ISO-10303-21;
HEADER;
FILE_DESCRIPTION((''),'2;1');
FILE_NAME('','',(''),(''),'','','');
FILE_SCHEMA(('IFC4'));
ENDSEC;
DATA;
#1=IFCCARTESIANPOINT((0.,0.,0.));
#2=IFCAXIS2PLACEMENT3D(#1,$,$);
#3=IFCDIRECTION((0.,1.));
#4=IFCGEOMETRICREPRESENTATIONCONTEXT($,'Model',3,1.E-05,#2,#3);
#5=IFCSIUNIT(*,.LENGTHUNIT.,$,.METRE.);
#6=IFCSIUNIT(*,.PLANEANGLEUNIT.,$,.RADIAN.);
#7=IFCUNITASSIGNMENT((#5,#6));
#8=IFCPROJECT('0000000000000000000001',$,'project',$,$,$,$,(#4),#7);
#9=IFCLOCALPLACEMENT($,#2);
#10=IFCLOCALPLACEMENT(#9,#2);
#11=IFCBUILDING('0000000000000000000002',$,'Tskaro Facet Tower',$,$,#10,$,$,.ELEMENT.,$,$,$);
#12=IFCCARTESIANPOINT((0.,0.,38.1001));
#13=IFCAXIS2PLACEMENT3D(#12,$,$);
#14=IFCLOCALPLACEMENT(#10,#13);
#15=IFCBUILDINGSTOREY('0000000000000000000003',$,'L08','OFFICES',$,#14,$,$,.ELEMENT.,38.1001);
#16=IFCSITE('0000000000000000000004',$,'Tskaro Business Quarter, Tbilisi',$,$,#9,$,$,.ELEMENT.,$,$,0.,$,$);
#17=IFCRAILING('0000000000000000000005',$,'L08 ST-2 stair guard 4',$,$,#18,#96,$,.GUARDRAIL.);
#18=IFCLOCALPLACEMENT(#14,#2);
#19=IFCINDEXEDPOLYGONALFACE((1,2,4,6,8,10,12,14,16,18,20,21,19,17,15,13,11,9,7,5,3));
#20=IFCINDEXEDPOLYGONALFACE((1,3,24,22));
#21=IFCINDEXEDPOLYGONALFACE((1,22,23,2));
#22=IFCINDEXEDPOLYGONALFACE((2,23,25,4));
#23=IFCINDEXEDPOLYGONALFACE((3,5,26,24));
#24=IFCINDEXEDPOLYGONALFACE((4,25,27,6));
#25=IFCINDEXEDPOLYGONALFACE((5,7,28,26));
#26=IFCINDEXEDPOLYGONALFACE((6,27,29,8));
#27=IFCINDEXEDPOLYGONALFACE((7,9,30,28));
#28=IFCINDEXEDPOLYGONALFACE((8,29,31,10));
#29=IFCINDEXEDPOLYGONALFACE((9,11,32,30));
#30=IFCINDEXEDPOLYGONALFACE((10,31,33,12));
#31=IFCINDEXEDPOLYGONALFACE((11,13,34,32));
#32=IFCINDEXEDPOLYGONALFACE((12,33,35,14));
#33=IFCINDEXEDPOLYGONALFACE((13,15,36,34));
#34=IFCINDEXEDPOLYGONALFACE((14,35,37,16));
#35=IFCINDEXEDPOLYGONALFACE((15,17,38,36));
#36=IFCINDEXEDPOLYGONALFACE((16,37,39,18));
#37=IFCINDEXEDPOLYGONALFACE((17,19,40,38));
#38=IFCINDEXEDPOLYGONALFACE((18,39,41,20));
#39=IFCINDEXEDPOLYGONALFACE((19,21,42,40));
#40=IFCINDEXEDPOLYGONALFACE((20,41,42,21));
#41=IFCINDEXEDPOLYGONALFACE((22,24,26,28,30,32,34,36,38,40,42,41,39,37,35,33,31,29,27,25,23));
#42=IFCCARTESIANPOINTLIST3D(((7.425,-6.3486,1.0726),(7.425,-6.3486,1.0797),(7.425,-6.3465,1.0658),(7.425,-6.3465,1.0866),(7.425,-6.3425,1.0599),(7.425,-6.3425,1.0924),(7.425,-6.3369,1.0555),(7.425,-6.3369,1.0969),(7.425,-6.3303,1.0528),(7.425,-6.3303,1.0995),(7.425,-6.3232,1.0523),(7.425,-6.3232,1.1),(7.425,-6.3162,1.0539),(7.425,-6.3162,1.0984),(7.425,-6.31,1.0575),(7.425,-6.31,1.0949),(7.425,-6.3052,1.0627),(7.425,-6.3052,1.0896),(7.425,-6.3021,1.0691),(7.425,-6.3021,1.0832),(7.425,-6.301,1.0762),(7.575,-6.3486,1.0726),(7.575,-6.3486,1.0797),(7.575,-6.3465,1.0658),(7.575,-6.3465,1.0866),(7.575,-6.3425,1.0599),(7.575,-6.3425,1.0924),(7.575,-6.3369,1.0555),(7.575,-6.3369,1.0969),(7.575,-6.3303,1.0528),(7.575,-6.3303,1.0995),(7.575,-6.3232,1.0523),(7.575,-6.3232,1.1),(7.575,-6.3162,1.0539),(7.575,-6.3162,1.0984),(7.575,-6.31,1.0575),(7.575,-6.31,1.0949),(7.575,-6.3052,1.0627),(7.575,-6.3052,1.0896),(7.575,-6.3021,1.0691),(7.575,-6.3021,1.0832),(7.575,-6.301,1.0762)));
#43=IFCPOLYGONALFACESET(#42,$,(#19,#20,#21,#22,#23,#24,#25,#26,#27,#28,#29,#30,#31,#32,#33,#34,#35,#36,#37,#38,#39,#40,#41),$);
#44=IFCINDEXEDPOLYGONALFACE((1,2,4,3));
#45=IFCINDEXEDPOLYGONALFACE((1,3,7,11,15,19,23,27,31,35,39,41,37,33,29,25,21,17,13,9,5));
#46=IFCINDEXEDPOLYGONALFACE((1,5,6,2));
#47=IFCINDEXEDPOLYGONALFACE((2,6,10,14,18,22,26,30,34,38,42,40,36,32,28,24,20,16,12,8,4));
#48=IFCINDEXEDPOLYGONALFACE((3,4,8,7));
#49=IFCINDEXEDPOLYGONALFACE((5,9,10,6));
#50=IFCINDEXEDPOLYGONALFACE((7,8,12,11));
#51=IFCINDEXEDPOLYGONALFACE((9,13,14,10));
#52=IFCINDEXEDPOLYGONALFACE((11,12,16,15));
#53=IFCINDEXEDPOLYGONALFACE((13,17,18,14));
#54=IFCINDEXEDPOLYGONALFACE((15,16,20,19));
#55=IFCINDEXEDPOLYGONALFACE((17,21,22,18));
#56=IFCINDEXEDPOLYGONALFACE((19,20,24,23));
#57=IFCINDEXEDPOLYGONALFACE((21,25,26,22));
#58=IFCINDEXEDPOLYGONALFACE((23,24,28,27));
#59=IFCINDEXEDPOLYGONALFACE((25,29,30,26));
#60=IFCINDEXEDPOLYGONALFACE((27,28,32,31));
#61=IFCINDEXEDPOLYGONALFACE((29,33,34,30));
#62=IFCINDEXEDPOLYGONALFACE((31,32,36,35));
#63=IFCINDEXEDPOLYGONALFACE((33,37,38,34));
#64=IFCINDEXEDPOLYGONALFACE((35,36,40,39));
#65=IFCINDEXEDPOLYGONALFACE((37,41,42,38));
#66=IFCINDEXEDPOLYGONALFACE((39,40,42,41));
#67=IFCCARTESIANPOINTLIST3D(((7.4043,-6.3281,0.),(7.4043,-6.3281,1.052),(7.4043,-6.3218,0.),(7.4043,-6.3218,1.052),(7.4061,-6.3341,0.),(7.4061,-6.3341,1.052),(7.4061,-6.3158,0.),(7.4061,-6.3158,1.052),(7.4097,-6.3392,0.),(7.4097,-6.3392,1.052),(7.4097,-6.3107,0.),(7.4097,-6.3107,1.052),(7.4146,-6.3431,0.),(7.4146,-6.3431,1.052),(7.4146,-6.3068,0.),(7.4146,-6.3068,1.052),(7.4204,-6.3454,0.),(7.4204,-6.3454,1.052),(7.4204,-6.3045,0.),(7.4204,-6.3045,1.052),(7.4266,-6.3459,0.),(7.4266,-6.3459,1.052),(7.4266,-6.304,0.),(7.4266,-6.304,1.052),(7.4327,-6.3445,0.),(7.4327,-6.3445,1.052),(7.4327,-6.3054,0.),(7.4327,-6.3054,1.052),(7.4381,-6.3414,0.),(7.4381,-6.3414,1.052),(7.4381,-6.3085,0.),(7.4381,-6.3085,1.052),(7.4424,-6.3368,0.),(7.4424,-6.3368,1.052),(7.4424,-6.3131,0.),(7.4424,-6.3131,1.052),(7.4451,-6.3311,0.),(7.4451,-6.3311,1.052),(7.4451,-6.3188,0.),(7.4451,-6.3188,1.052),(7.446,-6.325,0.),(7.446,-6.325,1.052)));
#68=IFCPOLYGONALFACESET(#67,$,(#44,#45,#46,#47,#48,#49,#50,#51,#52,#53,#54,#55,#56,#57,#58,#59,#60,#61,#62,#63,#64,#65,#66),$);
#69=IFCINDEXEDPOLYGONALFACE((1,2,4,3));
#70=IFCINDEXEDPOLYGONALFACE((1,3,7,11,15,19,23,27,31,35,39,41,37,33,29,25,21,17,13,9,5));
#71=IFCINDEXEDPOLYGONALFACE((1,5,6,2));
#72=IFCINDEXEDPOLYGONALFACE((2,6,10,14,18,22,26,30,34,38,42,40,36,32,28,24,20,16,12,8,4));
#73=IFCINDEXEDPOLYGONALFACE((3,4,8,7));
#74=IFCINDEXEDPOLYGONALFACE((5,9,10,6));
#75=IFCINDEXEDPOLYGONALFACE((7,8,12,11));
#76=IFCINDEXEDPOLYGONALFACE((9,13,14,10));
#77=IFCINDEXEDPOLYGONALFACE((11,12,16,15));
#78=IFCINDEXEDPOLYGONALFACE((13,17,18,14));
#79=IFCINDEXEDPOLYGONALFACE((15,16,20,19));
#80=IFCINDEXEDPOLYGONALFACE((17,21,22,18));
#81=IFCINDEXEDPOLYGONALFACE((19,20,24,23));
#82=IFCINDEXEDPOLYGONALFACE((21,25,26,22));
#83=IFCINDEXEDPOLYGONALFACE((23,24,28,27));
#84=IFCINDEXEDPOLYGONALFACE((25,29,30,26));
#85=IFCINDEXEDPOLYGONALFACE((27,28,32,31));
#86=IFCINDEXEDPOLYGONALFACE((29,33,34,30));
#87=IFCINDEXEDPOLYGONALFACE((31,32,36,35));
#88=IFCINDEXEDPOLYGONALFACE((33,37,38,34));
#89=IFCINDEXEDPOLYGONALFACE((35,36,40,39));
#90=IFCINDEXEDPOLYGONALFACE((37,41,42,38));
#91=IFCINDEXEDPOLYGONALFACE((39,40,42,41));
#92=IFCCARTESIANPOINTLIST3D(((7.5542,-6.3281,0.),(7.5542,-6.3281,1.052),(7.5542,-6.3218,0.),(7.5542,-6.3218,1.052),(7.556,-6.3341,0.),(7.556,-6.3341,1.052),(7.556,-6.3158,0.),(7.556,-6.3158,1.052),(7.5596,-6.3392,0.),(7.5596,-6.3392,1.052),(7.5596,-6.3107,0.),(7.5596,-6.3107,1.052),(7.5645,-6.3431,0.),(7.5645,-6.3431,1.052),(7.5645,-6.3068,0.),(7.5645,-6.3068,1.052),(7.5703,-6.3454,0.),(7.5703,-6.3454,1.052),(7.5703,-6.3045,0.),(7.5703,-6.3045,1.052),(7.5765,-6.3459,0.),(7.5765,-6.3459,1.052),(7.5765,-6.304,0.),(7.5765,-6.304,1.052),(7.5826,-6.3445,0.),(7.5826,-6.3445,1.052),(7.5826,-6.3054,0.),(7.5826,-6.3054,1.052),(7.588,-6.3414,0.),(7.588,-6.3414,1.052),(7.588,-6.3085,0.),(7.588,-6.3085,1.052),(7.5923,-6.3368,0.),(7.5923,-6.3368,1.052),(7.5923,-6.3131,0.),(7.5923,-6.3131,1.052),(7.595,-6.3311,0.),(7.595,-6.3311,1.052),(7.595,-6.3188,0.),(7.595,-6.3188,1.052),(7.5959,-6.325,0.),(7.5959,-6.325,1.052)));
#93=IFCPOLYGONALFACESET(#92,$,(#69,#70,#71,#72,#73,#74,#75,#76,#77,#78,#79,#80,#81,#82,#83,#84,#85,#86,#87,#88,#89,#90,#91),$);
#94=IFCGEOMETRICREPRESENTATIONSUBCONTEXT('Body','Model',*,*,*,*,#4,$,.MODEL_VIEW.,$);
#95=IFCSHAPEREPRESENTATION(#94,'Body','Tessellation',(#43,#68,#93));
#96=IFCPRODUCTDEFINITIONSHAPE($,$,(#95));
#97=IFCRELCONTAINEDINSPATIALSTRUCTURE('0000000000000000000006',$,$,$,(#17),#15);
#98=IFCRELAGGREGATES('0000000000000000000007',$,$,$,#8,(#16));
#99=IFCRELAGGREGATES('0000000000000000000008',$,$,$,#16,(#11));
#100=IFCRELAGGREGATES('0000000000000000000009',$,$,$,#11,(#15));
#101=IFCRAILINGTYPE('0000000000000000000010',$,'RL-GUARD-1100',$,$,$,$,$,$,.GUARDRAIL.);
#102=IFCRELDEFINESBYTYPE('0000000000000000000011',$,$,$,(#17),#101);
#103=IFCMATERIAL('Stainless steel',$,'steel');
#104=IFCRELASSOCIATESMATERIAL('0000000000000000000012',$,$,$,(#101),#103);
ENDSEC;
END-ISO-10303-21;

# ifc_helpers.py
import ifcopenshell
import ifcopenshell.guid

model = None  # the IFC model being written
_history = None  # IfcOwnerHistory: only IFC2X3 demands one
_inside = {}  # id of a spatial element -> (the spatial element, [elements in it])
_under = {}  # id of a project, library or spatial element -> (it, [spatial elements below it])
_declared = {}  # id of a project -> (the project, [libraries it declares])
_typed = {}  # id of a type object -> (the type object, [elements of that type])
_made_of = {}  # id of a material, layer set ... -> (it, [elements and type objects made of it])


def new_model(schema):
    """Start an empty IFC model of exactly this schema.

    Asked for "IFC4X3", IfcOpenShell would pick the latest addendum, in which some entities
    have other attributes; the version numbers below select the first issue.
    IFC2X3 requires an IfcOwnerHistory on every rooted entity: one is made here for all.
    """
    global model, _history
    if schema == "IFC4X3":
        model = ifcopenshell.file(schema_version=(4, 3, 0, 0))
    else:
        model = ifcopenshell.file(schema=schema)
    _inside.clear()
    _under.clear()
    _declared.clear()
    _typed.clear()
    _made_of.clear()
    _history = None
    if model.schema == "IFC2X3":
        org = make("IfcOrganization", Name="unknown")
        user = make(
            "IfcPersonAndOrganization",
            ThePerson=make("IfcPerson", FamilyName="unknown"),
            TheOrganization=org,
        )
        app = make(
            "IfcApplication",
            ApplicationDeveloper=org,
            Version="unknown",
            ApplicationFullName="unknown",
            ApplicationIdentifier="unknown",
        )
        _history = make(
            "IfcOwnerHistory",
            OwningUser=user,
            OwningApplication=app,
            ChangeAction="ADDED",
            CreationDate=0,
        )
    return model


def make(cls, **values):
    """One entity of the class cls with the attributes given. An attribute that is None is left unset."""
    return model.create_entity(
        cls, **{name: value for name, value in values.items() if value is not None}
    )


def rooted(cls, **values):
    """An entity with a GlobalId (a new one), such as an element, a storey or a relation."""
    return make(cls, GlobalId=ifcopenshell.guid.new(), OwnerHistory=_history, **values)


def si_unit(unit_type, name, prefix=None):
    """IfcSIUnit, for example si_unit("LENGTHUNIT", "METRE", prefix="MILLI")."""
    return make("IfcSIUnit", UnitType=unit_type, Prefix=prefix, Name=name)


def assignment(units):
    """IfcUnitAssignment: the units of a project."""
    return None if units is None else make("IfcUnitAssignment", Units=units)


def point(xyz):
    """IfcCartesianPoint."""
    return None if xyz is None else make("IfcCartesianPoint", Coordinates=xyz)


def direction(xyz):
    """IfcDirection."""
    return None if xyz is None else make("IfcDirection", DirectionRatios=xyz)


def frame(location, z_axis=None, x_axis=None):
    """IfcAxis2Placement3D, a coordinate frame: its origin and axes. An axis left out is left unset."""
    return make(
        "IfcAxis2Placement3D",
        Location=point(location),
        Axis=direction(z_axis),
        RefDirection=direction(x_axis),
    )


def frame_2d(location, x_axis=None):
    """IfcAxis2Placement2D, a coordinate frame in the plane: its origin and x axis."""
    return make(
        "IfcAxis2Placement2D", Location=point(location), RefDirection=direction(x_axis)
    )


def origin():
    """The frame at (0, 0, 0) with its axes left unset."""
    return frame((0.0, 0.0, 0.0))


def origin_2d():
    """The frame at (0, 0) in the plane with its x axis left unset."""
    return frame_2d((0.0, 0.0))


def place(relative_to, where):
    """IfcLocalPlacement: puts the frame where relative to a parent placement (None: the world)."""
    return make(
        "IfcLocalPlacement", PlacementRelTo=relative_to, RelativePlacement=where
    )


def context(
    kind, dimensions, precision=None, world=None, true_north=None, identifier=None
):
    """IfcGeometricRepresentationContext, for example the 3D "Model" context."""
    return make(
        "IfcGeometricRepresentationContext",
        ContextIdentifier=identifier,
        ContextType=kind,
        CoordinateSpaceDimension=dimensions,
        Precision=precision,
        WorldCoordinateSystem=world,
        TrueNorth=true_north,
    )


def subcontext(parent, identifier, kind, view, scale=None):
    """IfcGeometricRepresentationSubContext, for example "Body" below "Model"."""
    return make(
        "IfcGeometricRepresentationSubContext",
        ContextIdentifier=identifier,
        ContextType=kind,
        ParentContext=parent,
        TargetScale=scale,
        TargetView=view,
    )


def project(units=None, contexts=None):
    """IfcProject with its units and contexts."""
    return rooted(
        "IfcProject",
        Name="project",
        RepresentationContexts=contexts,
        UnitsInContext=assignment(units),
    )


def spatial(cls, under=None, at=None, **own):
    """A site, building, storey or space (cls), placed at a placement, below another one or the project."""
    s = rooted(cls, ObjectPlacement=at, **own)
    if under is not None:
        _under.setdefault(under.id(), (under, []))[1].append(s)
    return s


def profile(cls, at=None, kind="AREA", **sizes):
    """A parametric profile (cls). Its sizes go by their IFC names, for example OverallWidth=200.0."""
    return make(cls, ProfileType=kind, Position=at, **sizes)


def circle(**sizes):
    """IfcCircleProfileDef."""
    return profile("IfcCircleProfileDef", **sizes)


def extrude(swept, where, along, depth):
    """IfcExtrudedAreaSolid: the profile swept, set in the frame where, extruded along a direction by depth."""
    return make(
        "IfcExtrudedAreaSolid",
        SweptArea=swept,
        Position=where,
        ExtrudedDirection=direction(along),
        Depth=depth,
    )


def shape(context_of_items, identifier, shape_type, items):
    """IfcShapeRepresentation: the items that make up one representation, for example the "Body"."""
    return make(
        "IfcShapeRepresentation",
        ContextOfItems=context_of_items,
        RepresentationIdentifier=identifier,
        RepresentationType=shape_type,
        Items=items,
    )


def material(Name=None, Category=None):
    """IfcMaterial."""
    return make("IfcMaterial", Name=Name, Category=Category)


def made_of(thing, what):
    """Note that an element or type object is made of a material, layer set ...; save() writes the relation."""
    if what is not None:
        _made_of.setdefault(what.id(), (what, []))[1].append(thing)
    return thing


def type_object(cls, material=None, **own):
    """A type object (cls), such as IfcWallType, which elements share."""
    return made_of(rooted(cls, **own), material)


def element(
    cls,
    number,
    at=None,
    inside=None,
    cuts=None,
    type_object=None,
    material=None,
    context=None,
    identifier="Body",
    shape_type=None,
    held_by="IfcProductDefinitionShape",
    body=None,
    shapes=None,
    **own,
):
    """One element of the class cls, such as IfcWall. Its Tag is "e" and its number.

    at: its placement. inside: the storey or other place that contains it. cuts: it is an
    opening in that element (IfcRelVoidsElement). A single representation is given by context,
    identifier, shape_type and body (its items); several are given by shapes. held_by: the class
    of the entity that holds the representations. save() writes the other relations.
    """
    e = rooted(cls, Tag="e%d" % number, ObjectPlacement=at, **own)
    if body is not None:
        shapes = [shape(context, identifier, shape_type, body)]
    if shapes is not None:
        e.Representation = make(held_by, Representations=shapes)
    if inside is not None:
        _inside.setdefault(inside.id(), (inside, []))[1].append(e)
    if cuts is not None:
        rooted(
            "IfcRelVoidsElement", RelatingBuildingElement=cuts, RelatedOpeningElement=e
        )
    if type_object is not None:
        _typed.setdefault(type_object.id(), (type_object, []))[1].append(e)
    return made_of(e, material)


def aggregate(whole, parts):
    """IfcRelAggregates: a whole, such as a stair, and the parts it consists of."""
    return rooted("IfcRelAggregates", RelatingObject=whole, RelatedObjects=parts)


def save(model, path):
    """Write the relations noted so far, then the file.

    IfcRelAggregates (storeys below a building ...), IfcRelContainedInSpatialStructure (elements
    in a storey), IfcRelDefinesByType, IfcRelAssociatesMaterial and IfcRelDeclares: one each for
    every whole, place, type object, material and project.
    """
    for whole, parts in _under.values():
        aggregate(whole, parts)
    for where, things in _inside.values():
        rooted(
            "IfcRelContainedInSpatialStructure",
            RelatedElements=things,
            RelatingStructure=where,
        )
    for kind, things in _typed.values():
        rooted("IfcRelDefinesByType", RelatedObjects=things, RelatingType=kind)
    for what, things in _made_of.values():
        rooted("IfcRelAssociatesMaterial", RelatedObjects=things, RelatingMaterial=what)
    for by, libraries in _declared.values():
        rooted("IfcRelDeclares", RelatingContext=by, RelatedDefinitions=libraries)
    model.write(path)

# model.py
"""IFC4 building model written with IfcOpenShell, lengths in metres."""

from ifc_helpers import new_model, si_unit, direction, frame, origin, origin_2d, place, context, subcontext, project, spatial, circle, extrude, material, type_object, element, save


model = new_model("IFC4")

# Units and contexts
model_context = context("Model", 3, precision=1e-05, world=origin(), true_north=direction((0.0, 1.0)))
body_context = subcontext(model_context, "Body", "Model", "MODEL_VIEW")
ifc_project = project(units=[si_unit("LENGTHUNIT", "METRE"), si_unit("PLANEANGLEUNIT", "RADIAN")], contexts=[model_context])

# Site, building, storey
site_placement = place(None, origin())
site = spatial("IfcSite", under=ifc_project, at=site_placement, Name="Tskaro Business Quarter, Tbilisi", CompositionType="ELEMENT", RefElevation=0.0)
building_placement = place(site_placement, origin())
building = spatial("IfcBuilding", under=site, at=building_placement, Name="Tskaro Facet Tower", CompositionType="ELEMENT")
storey_placement = place(building_placement, frame((0.0, 0.0, 38.1001)))
storey = spatial("IfcBuildingStorey", under=building, at=storey_placement, Name="L08", Description="OFFICES", CompositionType="ELEMENT", Elevation=38.1001)

# Railing
ifc_material_1 = material(Name="Stainless steel", Category="steel")
railing_type_1 = type_object("IfcRailingType", Name="RL-GUARD-1100", PredefinedType="GUARDRAIL", material=ifc_material_1)
railing_1_placement = place(storey_placement, frame((7.425, -6.325, 0.0)))
element("IfcRailing", 1, at=railing_1_placement, inside=storey, type_object=railing_type_1, Name="L08 ST-2 stair guard 4", PredefinedType="GUARDRAIL", context=body_context, shape_type="SweptSolid", body=[
    extrude(circle(Radius=0.0239, at=origin_2d()), frame((0.0, 0.0, 1.0762), z_axis=(1.0, 0.0, 0.0), x_axis=(0.0, 1.0, 0.0)), (0.0, 0.0, 1.0), 0.1499),
    extrude(circle(Radius=0.021, at=origin_2d()), origin(), (0.0, 0.0, 1.0), 1.052),
    extrude(circle(Radius=0.021, at=origin_2d()), frame((0.1499, 0.0, 0.0)), (0.0, 0.0, 1.0), 1.052),
])

save(model, "model.ifc")
